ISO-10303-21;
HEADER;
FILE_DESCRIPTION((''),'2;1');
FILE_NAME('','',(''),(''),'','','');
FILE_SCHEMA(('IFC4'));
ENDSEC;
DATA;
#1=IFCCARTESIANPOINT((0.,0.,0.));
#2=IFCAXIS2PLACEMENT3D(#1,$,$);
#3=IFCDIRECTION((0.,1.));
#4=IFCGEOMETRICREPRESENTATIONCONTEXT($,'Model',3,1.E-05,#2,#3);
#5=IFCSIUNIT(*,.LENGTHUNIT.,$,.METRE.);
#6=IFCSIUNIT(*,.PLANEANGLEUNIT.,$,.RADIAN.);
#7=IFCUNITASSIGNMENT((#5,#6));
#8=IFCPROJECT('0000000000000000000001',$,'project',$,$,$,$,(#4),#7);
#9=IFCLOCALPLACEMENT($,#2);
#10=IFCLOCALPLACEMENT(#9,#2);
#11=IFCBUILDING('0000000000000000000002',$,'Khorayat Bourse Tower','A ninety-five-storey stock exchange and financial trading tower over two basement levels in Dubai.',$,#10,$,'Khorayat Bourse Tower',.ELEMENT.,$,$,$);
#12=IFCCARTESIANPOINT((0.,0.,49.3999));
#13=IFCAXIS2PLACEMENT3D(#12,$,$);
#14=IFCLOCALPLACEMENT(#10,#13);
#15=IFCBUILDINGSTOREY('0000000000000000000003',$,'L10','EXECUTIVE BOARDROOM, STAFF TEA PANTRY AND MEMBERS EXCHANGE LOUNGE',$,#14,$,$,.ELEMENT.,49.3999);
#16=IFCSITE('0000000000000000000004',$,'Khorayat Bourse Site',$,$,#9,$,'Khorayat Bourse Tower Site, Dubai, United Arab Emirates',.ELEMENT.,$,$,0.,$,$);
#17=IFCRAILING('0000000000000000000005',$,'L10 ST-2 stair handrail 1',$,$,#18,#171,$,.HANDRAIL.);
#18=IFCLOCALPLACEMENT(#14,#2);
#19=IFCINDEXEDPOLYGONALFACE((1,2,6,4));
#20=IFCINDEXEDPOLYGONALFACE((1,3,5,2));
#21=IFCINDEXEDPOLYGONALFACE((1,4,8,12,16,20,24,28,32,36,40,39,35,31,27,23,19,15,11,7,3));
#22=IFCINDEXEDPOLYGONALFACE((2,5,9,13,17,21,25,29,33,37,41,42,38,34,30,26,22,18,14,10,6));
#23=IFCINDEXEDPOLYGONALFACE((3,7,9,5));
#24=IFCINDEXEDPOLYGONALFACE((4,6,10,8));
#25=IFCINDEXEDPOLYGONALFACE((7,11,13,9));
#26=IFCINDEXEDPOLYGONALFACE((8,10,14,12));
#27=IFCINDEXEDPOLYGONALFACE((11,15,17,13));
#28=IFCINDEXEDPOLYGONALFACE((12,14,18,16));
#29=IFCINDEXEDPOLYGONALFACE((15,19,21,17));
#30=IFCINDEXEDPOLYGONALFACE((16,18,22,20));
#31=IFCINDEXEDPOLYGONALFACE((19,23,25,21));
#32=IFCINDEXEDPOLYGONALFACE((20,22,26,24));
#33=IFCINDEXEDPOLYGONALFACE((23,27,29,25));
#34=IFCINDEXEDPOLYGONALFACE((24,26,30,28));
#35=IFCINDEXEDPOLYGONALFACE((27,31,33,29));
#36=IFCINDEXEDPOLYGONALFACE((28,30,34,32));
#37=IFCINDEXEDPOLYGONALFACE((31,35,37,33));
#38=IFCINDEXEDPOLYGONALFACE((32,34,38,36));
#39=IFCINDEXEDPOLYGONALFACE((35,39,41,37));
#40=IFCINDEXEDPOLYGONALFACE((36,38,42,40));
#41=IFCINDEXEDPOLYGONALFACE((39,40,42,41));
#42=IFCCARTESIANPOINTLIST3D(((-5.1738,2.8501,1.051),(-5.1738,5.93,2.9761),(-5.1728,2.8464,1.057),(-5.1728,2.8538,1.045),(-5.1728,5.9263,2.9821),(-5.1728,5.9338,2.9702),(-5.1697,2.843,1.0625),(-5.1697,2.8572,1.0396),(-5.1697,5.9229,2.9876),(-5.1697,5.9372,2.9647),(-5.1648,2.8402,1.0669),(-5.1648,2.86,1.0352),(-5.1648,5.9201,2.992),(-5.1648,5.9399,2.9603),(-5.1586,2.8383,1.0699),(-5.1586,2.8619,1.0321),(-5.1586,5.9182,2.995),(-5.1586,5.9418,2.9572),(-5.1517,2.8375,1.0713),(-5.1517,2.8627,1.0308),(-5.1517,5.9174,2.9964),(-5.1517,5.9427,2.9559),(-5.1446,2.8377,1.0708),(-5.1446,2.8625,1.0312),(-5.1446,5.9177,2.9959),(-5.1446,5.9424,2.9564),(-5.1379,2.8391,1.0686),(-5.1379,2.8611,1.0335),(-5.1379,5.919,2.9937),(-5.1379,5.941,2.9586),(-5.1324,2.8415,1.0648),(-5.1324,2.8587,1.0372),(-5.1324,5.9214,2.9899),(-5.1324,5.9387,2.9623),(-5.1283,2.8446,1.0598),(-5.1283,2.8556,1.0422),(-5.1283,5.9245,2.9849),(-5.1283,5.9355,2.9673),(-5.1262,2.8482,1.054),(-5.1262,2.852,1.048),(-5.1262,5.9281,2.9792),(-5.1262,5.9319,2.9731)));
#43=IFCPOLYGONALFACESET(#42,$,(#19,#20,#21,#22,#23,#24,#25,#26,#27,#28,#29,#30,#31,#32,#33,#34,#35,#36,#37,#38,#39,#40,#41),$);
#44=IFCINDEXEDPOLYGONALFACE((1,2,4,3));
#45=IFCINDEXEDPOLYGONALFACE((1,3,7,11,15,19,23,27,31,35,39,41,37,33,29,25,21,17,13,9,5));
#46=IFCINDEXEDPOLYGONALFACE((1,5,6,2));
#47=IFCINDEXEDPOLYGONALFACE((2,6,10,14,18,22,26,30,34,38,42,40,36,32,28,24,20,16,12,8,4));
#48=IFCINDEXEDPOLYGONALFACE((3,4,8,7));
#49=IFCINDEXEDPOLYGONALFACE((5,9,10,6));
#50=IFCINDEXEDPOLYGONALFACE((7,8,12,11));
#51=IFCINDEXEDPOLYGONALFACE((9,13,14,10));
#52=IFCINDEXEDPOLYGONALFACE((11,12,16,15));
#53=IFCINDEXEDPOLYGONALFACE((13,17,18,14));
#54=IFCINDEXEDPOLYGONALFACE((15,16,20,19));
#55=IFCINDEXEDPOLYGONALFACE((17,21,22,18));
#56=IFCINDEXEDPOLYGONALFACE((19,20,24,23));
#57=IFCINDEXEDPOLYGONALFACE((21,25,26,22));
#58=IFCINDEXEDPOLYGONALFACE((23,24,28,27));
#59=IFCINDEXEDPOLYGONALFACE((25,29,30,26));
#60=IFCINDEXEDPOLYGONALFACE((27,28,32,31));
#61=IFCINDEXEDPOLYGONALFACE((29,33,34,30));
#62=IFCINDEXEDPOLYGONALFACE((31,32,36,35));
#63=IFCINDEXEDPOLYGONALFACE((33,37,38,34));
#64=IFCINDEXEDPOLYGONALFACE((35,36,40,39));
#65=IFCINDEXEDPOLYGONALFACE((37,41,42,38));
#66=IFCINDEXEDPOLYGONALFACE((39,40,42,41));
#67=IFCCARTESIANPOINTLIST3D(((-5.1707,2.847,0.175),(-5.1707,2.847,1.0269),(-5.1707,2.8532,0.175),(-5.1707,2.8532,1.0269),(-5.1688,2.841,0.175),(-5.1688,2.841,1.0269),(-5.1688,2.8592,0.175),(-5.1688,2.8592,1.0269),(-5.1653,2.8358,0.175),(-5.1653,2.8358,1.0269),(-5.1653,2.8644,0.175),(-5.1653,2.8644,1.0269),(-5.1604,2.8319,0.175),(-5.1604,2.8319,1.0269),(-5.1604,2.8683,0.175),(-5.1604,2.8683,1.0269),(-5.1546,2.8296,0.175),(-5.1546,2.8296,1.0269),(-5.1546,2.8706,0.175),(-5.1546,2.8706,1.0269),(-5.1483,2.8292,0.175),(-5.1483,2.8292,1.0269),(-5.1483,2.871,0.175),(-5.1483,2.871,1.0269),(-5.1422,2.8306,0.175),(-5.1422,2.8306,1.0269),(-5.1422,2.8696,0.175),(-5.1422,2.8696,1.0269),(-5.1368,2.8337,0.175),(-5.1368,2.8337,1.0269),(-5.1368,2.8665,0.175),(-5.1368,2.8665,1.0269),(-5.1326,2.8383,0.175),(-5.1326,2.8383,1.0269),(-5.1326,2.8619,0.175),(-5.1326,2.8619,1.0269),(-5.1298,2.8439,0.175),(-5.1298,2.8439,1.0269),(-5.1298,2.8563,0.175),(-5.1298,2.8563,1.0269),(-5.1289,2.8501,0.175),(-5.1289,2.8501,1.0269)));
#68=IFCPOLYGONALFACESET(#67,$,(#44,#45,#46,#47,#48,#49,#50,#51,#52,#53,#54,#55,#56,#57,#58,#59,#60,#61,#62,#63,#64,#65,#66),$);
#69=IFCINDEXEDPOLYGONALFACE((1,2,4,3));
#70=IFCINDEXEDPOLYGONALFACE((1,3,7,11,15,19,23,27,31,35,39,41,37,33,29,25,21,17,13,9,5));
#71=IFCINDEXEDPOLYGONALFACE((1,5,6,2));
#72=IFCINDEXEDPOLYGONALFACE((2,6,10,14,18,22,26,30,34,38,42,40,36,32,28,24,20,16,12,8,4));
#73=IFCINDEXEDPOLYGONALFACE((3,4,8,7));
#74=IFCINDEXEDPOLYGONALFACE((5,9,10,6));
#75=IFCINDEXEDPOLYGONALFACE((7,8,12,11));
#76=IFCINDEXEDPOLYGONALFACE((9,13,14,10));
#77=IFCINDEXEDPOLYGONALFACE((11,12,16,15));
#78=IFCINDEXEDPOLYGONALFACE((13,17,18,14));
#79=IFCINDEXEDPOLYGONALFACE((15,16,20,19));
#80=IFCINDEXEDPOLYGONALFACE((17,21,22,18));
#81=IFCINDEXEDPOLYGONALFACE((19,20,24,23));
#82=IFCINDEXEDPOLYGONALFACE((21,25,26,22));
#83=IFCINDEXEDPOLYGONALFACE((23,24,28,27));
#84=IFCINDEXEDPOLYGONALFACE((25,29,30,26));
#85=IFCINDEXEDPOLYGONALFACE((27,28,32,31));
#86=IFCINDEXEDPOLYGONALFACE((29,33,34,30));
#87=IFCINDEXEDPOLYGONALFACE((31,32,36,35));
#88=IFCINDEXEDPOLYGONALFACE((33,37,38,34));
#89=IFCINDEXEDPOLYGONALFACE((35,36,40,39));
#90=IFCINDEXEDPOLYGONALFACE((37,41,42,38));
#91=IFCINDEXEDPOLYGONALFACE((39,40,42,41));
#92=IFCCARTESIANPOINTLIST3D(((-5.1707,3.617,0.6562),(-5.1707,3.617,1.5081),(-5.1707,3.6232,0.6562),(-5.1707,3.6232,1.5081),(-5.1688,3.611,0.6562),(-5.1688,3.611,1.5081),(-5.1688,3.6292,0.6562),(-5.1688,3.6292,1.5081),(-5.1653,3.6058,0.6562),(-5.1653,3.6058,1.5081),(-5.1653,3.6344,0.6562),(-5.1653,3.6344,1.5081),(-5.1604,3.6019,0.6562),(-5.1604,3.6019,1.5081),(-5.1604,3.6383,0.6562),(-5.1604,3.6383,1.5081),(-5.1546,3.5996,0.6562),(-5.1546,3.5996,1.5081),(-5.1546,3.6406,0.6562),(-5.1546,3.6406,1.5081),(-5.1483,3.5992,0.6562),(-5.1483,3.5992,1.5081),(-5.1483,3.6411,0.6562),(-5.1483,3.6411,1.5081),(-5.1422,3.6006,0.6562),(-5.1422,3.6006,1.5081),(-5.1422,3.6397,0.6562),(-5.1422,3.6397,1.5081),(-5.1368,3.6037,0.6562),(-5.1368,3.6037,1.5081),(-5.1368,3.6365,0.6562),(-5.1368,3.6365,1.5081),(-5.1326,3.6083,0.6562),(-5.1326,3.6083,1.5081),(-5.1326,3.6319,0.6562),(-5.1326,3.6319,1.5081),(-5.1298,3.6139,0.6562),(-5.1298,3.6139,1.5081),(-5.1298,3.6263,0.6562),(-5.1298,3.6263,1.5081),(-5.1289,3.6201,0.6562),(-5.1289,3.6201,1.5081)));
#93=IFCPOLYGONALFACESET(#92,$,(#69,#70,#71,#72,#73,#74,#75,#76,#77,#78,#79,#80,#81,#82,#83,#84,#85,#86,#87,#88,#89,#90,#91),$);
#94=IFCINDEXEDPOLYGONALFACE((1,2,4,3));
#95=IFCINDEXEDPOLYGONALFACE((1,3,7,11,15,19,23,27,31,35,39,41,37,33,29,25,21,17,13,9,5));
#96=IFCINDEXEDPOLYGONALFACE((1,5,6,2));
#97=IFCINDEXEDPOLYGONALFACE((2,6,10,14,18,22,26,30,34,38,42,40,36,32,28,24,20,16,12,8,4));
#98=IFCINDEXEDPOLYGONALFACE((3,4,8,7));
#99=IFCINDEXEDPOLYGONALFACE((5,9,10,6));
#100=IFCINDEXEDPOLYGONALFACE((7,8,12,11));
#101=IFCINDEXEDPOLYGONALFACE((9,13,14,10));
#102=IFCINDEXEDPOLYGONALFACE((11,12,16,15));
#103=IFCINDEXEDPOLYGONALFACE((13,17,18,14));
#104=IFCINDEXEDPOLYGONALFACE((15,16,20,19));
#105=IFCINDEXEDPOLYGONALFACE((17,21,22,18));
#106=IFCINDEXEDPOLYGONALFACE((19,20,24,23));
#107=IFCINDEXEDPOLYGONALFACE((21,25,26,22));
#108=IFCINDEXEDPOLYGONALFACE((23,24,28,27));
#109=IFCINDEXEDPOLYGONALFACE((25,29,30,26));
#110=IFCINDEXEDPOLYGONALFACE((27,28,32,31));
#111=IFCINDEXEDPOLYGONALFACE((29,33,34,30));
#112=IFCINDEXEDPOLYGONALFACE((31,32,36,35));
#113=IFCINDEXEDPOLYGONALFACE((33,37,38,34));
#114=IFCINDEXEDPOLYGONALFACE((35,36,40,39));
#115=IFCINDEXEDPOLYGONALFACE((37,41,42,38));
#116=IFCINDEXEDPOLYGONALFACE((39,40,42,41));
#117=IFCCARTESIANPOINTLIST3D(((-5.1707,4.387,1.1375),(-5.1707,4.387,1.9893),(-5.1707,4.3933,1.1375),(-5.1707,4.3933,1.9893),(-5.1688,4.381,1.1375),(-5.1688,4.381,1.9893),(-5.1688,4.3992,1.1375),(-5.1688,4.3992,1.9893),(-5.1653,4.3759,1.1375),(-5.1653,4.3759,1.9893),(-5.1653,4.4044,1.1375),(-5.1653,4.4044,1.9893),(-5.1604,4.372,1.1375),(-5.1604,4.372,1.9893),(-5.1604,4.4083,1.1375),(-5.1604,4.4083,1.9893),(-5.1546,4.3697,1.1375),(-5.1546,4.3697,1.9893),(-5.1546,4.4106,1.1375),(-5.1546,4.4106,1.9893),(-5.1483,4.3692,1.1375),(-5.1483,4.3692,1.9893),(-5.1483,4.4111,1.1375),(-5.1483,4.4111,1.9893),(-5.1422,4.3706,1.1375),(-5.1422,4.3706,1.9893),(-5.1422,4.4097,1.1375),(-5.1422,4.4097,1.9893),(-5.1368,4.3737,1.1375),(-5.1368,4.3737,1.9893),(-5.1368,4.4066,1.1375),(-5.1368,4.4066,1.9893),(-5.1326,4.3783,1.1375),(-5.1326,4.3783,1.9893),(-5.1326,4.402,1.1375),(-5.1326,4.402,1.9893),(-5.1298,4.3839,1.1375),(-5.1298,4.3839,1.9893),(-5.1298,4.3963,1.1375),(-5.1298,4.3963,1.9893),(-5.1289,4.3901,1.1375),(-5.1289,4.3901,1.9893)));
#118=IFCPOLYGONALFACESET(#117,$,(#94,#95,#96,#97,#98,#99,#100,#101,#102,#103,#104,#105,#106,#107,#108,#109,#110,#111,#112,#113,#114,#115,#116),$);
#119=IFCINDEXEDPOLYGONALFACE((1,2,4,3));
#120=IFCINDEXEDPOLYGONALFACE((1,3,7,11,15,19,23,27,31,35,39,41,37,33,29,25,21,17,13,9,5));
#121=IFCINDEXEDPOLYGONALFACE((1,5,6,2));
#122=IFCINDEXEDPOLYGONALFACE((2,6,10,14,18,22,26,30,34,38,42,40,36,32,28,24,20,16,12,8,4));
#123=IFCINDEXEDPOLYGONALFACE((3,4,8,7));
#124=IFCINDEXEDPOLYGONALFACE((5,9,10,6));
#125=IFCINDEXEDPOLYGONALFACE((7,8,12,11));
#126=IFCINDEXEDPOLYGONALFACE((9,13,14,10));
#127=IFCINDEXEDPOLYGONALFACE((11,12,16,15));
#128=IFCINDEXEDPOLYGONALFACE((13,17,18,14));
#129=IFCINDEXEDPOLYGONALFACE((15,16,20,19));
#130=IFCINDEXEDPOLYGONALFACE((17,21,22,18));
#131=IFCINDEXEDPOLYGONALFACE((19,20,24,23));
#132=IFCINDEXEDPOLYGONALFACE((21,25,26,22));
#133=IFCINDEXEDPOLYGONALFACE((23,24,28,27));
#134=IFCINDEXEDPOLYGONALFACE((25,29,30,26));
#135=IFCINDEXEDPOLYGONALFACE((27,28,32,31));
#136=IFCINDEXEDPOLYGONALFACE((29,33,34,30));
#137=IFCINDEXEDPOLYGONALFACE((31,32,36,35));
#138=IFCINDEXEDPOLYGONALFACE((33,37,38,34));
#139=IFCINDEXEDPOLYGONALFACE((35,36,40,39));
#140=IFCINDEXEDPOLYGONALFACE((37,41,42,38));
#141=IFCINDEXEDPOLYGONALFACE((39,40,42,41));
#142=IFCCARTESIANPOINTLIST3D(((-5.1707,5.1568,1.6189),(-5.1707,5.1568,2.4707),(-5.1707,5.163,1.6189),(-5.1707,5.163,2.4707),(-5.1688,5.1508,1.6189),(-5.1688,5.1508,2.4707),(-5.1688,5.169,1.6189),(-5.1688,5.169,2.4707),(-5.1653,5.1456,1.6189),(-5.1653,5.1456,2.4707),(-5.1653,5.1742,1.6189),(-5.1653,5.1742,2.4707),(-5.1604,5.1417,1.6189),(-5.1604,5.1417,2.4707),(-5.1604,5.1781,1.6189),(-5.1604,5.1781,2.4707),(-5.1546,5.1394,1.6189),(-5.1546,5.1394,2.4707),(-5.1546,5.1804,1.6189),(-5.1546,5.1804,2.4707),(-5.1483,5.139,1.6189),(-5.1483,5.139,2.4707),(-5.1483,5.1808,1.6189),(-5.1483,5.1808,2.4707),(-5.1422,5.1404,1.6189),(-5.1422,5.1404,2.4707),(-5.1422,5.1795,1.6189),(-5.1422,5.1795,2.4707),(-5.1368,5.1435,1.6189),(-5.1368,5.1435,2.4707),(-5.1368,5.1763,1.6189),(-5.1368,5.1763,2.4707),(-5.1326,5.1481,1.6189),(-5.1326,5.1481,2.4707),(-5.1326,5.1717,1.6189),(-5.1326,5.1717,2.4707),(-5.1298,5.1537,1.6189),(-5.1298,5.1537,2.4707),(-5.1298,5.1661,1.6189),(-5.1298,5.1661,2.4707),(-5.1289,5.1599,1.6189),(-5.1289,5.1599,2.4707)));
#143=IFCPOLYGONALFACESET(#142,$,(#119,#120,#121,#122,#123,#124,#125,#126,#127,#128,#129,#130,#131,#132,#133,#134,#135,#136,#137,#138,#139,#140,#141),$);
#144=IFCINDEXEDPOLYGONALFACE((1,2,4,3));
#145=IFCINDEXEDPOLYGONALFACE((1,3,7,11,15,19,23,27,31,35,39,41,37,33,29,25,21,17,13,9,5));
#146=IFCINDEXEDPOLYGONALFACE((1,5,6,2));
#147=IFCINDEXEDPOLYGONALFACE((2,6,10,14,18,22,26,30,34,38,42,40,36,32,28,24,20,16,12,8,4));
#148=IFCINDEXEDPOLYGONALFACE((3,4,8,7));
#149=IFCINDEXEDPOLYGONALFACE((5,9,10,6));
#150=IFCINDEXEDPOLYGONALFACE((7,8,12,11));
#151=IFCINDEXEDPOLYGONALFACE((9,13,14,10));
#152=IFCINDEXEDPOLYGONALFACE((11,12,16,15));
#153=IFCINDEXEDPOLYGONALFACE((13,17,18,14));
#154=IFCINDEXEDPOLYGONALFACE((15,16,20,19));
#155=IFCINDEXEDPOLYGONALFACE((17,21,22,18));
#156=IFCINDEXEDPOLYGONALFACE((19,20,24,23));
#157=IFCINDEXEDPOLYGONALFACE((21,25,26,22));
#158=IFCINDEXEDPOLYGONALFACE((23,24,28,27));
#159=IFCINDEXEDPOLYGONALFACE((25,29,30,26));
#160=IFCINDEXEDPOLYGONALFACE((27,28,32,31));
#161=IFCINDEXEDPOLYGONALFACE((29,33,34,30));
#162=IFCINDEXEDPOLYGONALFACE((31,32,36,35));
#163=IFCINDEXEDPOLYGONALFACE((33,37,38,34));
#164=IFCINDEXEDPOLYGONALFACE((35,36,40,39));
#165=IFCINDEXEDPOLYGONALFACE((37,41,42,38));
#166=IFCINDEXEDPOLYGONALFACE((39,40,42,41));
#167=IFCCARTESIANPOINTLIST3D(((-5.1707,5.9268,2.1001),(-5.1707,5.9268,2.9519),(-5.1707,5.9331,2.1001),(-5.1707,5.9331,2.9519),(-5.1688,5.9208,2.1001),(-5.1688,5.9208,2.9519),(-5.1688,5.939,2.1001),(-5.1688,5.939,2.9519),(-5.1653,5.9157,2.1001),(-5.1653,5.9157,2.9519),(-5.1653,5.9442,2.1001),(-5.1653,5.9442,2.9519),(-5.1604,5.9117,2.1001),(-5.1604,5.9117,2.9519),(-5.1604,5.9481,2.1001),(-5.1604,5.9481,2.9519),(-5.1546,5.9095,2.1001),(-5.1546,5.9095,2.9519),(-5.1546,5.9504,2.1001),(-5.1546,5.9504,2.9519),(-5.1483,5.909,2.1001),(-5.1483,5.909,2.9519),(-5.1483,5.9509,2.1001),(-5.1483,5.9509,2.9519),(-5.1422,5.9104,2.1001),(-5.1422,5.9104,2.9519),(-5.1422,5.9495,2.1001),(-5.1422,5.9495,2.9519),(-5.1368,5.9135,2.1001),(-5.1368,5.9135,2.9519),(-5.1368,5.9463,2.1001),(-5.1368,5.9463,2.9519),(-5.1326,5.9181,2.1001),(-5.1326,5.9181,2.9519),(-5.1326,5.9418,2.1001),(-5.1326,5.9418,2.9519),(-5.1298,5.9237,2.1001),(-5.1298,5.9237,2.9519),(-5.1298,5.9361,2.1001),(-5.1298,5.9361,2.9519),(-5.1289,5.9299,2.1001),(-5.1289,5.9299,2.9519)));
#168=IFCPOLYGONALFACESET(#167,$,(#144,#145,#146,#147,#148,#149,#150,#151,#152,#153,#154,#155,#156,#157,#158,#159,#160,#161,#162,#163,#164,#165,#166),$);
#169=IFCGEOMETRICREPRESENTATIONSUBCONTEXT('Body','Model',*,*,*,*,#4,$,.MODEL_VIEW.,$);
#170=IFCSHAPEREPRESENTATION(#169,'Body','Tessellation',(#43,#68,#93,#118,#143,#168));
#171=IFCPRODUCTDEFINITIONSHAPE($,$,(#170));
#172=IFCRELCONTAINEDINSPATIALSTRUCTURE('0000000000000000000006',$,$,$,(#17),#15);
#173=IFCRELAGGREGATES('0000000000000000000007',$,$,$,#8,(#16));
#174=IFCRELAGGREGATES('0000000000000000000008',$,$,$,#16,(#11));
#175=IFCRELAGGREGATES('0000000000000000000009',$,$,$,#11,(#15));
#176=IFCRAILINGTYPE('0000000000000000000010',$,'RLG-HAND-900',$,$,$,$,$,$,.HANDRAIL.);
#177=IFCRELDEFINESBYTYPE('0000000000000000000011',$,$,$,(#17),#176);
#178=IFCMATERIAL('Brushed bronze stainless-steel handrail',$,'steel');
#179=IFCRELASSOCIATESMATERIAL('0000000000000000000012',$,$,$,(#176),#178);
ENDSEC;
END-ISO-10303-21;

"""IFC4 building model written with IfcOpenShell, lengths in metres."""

from ifc_helpers import new_model, si_unit, direction, frame, origin, origin_2d, place, context, subcontext, project, spatial, circle, extrude, source, transform, mapped, material, type_object, element, save


model = new_model("IFC4")

# Units and contexts
model_context = context("Model", 3, precision=1e-05, world=origin(), true_north=direction((0.0, 1.0)))
body_context = subcontext(model_context, "Body", "Model", "MODEL_VIEW")
ifc_project = project(units=[si_unit("LENGTHUNIT", "METRE"), si_unit("PLANEANGLEUNIT", "RADIAN")], contexts=[model_context])

# Site, building, storey
site_placement = place(None, origin())
site = spatial("IfcSite", under=ifc_project, at=site_placement, Name="Khorayat Bourse Site", LongName="Khorayat Bourse Tower Site, Dubai, United Arab Emirates", CompositionType="ELEMENT", RefElevation=0.0)
building_placement = place(site_placement, origin())
building = spatial("IfcBuilding", under=site, at=building_placement, Name="Khorayat Bourse Tower", Description="A ninety-five-storey stock exchange and financial trading tower over two basement levels in Dubai.", LongName="Khorayat Bourse Tower", CompositionType="ELEMENT")
storey_placement = place(building_placement, frame((0.0, 0.0, 49.3999)))
storey = spatial("IfcBuildingStorey", under=building, at=storey_placement, Name="L10", Description="EXECUTIVE BOARDROOM, STAFF TEA PANTRY AND MEMBERS EXCHANGE LOUNGE", CompositionType="ELEMENT", Elevation=49.3999)

# Railing
ifc_material_1 = material(Name="Brushed bronze stainless-steel handrail", Category="steel")
railing_type_1 = type_object("IfcRailingType", Name="RLG-HAND-900", PredefinedType="HANDRAIL", material=ifc_material_1)
shared_shape_1 = source(origin(), body_context, "Body", "SweptSolid", [
    extrude(circle(Radius=0.0239, at=origin_2d()), frame((0.0, 0.0, 0.876), z_axis=(0.0, 0.847979, 0.530029), x_axis=(-1.0, 0.0, 0.0)), (0.0, 0.0, 1.0), 3.6321),
    extrude(circle(Radius=0.021, at=origin_2d()), origin(), (0.0, 0.0, 1.0), 0.8518),
    extrude(circle(Radius=0.021, at=origin_2d()), frame((0.0, 0.77, 0.4812)), (0.0, 0.0, 1.0), 0.8518),
    extrude(circle(Radius=0.021, at=origin_2d()), frame((0.0, 1.54, 0.9624)), (0.0, 0.0, 1.0), 0.8518),
    extrude(circle(Radius=0.021, at=origin_2d()), frame((0.0, 2.3098, 1.4438)), (0.0, 0.0, 1.0), 0.8518),
    extrude(circle(Radius=0.021, at=origin_2d()), frame((0.0, 3.0798, 1.925)), (0.0, 0.0, 1.0), 0.8518),
])
railing_1_placement = place(storey_placement, frame((-5.1499, 2.8501, 0.175)))
element("IfcRailing", 1, at=railing_1_placement, inside=storey, type_object=railing_type_1, Name="L10 ST-2 stair handrail 1", PredefinedType="HANDRAIL", context=body_context, shape_type="MappedRepresentation", body=[
    mapped(shared_shape_1, transform((0.0, 0.0, 0.0), scale=1.0)),
])

save(model, "model.ifc")
